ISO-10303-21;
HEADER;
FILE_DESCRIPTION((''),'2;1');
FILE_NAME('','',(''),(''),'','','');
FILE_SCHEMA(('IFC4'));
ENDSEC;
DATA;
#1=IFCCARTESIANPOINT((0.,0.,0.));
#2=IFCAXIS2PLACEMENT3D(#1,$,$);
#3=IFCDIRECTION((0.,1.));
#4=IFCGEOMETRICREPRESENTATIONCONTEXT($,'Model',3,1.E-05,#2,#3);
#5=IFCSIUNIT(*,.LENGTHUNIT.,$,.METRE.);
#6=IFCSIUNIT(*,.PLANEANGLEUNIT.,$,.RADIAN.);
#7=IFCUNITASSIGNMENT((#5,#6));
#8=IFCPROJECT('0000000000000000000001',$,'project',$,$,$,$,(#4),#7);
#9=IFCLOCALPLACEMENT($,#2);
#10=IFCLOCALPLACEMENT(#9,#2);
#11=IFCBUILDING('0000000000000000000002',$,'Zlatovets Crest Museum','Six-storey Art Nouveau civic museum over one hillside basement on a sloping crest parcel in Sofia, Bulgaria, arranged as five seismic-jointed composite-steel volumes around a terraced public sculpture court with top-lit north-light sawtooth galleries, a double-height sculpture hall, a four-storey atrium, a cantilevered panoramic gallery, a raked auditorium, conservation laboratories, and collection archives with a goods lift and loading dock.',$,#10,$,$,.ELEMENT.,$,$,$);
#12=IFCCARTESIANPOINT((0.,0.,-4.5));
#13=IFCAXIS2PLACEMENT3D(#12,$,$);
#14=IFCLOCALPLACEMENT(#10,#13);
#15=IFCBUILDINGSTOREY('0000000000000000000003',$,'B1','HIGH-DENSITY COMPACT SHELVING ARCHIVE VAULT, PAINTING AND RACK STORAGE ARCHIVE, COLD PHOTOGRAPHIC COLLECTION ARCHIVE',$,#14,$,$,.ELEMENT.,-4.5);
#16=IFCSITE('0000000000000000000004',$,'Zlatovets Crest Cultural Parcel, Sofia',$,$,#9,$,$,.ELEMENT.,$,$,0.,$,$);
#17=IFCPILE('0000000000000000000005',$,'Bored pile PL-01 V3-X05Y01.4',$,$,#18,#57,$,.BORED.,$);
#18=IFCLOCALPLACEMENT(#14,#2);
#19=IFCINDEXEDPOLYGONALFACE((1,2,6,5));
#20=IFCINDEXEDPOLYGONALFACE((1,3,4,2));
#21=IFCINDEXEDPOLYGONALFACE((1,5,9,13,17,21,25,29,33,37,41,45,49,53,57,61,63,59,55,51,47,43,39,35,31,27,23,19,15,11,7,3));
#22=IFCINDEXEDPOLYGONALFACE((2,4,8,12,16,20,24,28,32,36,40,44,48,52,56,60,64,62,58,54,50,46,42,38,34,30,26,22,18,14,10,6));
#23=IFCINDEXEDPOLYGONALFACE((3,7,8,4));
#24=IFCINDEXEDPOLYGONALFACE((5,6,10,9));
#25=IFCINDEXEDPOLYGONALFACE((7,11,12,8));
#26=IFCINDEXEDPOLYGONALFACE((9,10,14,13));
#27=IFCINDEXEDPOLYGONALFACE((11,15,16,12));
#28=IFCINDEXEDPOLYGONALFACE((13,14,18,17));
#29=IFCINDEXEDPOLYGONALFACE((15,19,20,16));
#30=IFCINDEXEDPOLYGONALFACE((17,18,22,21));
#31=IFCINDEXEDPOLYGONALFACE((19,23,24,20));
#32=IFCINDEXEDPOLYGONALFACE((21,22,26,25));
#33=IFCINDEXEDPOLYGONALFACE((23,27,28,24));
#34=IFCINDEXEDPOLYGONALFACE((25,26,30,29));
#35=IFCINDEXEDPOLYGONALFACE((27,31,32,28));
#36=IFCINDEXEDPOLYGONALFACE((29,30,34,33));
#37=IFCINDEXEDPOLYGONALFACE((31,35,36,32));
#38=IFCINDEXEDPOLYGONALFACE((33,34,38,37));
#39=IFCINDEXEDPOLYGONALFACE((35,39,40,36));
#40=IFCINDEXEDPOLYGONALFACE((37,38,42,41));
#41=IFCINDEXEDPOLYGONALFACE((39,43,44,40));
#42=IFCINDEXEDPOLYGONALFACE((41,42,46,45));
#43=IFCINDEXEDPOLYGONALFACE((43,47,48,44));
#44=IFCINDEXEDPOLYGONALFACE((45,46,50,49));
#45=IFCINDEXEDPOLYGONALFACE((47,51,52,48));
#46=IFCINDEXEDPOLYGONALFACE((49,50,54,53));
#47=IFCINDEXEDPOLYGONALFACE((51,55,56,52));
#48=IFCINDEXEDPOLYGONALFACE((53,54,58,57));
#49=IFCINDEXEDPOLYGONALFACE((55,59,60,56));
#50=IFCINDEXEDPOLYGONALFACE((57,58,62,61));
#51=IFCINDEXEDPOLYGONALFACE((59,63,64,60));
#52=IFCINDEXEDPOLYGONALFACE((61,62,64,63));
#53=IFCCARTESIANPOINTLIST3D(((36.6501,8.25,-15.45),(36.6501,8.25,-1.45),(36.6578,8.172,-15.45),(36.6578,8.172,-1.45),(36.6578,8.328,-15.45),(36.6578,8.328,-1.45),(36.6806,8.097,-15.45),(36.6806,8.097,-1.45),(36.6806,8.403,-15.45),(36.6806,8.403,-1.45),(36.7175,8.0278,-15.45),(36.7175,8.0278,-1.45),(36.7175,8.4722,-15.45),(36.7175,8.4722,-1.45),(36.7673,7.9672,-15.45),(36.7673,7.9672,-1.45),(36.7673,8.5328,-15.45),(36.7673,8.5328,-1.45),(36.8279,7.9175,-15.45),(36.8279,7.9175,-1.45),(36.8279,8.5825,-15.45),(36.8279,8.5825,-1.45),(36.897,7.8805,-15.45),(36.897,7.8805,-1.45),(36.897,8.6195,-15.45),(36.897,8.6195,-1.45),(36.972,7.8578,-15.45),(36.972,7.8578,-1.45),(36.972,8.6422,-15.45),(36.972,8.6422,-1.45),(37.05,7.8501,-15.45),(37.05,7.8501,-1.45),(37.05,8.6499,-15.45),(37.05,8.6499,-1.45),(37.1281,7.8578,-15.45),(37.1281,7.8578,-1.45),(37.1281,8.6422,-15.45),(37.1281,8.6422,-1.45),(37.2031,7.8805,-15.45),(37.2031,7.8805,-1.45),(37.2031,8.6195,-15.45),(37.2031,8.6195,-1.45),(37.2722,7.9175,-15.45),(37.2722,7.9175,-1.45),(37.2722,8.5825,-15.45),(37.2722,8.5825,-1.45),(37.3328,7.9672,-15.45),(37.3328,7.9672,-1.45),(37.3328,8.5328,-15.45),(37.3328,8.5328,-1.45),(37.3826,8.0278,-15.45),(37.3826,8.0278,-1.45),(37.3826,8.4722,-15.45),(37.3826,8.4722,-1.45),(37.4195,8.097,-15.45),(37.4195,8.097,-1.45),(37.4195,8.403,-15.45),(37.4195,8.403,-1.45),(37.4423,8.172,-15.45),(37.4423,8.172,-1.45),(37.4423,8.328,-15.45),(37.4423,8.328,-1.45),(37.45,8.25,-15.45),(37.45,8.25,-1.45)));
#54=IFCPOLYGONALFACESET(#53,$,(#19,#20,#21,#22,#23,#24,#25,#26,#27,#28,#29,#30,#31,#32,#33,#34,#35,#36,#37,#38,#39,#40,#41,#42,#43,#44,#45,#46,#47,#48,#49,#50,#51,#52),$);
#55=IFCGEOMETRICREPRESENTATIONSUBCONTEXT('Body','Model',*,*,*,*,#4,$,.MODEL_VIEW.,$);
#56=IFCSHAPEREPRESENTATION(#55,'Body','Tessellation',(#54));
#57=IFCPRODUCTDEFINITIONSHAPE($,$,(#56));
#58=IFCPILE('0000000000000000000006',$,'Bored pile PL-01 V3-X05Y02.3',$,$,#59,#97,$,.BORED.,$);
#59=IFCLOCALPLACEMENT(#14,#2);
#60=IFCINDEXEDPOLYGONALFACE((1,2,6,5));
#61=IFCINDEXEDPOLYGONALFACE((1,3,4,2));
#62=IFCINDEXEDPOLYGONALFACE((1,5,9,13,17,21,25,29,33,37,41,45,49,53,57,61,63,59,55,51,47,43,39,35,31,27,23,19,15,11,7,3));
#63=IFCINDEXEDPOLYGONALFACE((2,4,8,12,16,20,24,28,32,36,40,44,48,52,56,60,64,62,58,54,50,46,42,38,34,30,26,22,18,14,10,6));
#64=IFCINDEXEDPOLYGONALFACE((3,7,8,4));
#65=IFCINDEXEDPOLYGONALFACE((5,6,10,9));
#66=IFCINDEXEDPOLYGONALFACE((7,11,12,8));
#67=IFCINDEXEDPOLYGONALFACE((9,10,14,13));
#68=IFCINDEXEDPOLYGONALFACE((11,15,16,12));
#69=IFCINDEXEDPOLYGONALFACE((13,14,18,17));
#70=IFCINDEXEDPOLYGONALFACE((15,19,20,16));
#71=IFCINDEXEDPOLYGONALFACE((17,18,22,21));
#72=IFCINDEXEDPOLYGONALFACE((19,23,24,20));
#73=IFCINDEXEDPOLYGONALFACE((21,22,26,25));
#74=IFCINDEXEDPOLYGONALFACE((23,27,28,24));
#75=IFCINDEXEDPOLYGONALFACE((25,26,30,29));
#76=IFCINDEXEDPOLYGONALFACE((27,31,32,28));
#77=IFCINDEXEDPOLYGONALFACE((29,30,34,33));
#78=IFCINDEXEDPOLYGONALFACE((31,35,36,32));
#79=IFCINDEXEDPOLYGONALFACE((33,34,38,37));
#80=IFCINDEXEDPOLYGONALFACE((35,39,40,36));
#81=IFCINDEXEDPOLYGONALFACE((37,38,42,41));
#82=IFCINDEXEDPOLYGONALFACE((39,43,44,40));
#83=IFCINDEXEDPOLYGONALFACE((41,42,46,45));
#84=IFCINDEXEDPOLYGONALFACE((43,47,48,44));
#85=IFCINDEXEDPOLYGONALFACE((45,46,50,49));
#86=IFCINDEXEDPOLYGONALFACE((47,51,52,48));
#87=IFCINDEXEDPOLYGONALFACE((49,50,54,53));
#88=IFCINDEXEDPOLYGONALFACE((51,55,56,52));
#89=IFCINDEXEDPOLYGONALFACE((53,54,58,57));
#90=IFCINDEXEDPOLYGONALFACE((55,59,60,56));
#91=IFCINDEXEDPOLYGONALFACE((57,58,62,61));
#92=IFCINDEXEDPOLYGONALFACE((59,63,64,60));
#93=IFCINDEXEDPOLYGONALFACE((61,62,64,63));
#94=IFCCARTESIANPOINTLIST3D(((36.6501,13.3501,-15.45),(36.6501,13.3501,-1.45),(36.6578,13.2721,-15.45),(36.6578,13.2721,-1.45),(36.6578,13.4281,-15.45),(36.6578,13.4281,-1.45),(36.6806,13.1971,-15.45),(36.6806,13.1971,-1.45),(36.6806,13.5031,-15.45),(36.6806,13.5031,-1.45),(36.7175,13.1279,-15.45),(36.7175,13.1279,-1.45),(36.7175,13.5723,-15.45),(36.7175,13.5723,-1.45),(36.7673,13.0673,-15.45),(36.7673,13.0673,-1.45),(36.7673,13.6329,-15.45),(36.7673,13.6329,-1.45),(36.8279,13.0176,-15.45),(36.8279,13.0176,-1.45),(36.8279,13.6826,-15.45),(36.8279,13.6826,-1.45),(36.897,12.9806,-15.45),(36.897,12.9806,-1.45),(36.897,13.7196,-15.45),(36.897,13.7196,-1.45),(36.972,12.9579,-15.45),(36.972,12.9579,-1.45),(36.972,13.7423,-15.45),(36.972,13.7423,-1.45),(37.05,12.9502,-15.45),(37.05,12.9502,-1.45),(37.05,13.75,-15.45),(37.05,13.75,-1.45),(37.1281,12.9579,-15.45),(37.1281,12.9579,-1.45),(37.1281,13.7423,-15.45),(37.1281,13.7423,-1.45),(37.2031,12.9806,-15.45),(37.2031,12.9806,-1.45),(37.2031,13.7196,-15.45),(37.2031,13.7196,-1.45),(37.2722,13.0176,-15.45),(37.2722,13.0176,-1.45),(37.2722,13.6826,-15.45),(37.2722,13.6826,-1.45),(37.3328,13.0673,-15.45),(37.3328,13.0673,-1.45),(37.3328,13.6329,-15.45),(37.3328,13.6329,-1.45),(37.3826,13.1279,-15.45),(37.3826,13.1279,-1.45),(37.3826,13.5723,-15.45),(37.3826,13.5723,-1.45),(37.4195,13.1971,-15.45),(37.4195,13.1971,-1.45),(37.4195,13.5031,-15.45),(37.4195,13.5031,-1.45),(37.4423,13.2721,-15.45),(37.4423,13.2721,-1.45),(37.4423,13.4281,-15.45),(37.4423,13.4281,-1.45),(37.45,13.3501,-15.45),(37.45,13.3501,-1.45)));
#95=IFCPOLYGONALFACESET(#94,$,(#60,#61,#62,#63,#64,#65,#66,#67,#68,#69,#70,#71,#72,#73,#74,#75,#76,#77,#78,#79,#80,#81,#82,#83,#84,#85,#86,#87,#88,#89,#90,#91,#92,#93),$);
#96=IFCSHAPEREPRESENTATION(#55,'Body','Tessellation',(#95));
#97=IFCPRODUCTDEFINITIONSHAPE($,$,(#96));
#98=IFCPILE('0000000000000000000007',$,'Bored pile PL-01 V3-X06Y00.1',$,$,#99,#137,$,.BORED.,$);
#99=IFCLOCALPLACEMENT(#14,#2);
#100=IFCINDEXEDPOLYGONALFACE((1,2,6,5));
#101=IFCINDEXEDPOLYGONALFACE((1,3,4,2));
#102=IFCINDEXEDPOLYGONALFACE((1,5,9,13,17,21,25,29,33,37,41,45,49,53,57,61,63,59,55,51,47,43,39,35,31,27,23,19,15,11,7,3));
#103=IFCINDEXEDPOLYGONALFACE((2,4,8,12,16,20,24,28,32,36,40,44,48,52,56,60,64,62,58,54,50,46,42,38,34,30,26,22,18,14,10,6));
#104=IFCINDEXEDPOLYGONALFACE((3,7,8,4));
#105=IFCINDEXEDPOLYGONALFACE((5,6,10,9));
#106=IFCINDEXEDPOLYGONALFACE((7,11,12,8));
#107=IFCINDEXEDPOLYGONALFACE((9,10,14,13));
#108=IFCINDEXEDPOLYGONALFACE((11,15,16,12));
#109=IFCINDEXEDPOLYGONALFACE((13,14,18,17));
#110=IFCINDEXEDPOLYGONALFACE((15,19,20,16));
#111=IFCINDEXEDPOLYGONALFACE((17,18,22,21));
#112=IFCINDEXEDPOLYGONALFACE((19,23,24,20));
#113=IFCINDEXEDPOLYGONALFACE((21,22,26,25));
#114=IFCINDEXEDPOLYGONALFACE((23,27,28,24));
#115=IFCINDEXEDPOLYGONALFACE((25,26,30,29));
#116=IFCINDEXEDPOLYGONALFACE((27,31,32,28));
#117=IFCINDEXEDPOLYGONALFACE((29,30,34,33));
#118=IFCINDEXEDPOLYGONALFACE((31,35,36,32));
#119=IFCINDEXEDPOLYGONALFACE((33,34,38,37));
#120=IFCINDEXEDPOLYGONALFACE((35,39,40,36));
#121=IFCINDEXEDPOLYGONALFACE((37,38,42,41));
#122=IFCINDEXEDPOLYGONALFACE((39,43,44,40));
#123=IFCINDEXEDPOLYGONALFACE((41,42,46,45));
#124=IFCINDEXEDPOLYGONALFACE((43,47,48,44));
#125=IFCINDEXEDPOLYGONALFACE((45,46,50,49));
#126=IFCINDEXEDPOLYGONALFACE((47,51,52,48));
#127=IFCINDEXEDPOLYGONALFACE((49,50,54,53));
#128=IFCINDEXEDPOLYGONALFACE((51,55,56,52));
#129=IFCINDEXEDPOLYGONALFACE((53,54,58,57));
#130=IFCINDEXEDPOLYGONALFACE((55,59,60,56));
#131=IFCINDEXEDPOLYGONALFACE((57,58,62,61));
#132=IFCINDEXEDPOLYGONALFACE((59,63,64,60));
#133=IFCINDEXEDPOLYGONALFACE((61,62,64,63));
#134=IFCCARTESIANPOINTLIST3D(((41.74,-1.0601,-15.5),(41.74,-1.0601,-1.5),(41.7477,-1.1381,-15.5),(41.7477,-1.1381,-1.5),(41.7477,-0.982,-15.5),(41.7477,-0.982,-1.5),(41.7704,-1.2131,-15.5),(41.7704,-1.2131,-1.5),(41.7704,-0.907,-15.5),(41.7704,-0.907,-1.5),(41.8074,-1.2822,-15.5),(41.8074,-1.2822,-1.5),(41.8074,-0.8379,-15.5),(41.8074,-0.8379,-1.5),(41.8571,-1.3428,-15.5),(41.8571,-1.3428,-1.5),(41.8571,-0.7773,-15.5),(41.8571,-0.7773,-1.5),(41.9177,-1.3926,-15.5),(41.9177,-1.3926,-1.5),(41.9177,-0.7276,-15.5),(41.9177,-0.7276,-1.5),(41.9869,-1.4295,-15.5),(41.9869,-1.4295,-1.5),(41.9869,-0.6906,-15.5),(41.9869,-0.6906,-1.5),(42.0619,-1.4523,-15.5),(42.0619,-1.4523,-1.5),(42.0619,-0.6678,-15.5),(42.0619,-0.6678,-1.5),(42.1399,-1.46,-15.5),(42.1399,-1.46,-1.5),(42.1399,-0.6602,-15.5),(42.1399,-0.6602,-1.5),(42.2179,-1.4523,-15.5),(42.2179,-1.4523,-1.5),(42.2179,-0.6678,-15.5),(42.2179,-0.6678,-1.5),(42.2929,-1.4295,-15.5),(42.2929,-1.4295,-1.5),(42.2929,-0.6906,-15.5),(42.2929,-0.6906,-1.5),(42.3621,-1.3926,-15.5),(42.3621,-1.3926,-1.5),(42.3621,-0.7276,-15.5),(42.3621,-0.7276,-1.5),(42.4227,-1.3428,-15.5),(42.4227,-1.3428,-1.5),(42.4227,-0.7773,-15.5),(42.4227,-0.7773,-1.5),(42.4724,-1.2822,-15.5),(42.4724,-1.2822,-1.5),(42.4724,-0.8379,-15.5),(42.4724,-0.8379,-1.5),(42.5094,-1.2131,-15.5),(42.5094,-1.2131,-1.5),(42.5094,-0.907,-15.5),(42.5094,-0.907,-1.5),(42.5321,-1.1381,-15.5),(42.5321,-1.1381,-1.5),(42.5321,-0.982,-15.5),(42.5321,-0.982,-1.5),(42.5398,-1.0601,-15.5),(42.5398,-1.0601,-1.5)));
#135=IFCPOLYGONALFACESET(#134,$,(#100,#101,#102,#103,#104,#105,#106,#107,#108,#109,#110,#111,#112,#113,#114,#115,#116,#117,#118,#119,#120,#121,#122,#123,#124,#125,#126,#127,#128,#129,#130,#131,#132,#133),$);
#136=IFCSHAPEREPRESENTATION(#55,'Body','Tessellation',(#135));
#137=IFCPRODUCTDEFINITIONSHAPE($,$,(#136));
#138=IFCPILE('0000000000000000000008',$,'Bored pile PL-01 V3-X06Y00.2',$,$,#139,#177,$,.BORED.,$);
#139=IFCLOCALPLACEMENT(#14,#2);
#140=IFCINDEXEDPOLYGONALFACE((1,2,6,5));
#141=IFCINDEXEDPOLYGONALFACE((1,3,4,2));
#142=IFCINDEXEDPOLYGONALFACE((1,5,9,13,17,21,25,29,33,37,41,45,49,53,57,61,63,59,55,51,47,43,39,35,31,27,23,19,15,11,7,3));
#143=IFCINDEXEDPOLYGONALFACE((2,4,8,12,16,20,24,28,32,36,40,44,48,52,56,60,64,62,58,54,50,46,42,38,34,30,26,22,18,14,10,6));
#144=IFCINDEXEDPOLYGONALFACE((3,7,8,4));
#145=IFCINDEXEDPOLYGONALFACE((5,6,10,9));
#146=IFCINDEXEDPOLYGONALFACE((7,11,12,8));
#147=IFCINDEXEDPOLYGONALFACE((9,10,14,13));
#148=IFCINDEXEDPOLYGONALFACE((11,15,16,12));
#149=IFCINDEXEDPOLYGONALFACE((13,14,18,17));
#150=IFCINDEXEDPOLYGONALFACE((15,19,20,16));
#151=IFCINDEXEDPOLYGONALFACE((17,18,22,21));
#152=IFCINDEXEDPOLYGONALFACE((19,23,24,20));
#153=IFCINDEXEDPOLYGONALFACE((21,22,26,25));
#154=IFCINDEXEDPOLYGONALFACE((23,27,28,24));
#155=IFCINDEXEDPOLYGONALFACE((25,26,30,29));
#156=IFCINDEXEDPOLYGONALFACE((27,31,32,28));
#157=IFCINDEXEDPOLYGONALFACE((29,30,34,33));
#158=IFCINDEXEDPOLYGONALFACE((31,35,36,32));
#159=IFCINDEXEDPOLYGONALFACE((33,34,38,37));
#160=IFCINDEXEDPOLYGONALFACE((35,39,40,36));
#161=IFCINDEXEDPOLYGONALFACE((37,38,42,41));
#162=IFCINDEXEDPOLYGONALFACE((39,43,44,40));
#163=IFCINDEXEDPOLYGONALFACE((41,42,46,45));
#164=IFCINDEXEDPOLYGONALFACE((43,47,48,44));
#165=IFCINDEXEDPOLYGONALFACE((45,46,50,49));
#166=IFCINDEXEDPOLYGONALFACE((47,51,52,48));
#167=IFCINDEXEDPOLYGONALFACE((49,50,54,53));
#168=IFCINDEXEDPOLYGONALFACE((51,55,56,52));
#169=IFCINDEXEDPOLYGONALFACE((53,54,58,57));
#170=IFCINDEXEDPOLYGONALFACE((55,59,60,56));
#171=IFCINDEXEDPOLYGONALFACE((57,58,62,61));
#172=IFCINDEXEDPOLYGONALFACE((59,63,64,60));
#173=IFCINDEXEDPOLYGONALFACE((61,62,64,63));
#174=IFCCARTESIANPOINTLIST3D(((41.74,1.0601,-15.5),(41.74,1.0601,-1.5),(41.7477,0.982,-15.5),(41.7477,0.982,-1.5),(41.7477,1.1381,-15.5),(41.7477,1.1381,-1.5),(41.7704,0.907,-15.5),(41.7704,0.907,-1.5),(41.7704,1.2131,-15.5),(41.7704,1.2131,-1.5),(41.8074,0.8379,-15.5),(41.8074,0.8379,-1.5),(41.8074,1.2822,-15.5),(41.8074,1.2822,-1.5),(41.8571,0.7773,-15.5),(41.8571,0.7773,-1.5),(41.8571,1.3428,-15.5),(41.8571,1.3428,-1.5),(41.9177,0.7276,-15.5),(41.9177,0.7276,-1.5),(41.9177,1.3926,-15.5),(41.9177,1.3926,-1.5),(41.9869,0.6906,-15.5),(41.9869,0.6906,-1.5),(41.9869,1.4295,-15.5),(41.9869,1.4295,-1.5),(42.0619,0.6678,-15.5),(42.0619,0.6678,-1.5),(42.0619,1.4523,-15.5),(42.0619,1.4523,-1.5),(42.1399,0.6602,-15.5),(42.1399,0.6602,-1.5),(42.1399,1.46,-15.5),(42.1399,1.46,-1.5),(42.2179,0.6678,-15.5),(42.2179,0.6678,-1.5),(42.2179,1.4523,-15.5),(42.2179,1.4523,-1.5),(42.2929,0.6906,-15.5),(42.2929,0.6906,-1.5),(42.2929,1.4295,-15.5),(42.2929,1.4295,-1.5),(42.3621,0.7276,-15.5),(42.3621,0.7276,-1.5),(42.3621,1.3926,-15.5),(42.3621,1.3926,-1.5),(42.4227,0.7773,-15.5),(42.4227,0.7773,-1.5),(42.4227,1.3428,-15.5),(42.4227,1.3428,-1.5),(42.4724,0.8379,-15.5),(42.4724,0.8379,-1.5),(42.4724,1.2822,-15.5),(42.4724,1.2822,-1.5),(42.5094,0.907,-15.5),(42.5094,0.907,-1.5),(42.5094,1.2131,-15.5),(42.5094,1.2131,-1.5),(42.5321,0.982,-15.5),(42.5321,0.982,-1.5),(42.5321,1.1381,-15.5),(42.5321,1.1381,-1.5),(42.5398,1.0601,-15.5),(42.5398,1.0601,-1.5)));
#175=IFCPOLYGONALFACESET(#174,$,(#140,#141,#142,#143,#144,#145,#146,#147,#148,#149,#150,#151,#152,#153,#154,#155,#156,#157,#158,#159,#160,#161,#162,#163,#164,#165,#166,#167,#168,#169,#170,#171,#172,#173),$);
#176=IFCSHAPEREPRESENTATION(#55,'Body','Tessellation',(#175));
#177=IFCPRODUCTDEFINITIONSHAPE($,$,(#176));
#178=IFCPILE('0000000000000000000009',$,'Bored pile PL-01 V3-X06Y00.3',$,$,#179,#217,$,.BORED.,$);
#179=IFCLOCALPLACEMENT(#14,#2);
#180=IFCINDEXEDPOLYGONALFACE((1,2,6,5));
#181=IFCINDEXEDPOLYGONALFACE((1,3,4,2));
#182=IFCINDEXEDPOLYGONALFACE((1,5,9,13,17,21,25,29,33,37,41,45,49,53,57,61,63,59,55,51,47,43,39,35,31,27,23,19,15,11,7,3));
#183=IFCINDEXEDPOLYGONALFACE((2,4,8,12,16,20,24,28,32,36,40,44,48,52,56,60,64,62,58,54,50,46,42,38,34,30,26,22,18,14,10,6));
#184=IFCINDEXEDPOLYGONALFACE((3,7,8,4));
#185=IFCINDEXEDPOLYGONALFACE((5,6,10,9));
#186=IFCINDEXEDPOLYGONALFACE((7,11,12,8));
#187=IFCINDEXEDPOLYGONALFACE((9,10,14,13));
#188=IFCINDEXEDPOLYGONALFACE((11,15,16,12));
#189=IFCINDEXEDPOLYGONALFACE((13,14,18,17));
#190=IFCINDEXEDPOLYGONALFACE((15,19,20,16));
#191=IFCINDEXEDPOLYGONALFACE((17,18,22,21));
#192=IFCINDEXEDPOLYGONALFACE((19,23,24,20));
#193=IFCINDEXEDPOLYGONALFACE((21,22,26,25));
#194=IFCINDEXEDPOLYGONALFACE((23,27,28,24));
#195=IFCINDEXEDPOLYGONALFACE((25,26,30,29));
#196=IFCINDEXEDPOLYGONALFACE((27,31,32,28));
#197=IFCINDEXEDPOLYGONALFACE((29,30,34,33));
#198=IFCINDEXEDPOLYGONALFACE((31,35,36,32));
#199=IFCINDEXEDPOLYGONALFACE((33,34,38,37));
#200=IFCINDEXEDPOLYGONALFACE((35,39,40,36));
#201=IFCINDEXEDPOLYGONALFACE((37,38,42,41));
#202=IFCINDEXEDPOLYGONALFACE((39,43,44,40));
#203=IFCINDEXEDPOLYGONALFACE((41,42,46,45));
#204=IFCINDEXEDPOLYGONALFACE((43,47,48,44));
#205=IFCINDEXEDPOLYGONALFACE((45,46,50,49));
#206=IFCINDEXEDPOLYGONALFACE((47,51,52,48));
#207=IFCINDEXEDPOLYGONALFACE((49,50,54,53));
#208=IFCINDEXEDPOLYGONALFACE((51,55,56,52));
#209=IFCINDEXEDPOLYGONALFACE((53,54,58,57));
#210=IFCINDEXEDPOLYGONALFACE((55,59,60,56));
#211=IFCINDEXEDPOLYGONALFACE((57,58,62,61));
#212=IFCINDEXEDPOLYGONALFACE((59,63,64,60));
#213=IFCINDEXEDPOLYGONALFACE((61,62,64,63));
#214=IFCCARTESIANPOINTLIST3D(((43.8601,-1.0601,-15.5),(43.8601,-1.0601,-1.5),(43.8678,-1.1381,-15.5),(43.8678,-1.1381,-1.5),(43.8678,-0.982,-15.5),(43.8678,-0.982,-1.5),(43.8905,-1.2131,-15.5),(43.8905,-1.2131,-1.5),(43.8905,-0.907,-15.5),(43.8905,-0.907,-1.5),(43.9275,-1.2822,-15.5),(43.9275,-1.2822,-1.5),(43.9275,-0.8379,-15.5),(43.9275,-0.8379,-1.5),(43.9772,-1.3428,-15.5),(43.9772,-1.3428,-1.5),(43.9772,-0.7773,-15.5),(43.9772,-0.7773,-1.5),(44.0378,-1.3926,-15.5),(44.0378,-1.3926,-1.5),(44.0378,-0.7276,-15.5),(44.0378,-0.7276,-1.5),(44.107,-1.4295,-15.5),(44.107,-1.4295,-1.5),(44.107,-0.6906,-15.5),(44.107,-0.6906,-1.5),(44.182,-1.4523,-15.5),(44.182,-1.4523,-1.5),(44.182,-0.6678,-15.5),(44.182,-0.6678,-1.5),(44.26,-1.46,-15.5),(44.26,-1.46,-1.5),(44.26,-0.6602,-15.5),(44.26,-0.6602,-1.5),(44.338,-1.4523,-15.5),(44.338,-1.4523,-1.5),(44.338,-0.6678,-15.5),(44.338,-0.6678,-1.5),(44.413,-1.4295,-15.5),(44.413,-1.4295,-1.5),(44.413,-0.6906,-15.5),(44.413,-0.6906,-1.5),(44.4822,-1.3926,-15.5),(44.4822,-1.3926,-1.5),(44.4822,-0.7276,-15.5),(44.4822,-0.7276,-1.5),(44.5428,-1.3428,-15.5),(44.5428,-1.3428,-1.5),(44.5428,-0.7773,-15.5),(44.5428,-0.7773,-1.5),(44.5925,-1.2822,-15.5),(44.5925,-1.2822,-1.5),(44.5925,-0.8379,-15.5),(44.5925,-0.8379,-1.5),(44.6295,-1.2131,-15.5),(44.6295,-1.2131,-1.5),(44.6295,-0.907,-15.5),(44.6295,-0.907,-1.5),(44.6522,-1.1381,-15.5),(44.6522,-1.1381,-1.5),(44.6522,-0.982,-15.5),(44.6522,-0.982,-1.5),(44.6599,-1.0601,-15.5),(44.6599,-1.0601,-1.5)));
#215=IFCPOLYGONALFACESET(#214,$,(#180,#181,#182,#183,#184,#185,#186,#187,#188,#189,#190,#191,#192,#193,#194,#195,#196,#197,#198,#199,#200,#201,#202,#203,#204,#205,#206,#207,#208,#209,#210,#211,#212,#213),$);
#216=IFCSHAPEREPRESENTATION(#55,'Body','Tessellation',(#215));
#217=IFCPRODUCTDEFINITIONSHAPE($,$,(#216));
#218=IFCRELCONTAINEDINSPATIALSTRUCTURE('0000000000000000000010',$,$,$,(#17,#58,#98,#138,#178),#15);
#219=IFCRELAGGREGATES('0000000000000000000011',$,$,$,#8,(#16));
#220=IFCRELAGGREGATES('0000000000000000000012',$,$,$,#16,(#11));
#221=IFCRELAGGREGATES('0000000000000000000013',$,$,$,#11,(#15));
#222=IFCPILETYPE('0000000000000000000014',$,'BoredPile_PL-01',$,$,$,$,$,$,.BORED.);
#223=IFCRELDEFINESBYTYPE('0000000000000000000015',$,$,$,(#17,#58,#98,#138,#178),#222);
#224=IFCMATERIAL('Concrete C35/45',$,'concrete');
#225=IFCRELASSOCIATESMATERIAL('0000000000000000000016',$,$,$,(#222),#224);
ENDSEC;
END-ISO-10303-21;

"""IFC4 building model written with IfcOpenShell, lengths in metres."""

from ifc_helpers import new_model, si_unit, direction, frame, origin, origin_2d, place, context, subcontext, project, spatial, circle, extrude, material, material_profile, profile_set, type_object, element, save


model = new_model("IFC4")

# Units and contexts
model_context = context("Model", 3, precision=1e-05, world=origin(), true_north=direction((0.0, 1.0)))
body_context = subcontext(model_context, "Body", "Model", "MODEL_VIEW")
ifc_project = project(units=[si_unit("LENGTHUNIT", "METRE"), si_unit("PLANEANGLEUNIT", "RADIAN")], contexts=[model_context])

# Site, building, storey
site_placement = place(None, origin())
site = spatial("IfcSite", under=ifc_project, at=site_placement, Name="Zlatovets Crest Cultural Parcel, Sofia", CompositionType="ELEMENT", RefElevation=0.0)
building_placement = place(site_placement, origin())
building = spatial("IfcBuilding", under=site, at=building_placement, Name="Zlatovets Crest Museum", Description="Six-storey Art Nouveau civic museum over one hillside basement on a sloping crest parcel in Sofia, Bulgaria, arranged as five seismic-jointed composite-steel volumes around a terraced public sculpture court with top-lit north-light sawtooth galleries, a double-height sculpture hall, a four-storey atrium, a cantilevered panoramic gallery, a raked auditorium, conservation laboratories, and collection archives with a goods lift and loading dock.", CompositionType="ELEMENT")
storey_placement = place(building_placement, frame((0.0, 0.0, -4.5)))
storey = spatial("IfcBuildingStorey", under=building, at=storey_placement, Name="B1", Description="HIGH-DENSITY COMPACT SHELVING ARCHIVE VAULT, PAINTING AND RACK STORAGE ARCHIVE, COLD PHOTOGRAPHIC COLLECTION ARCHIVE", CompositionType="ELEMENT", Elevation=-4.5)

# Piles
ifc_material_1 = material(Name="Concrete C35/45", Category="concrete")
ifc_material_profile_1 = material_profile(ifc_material_1, circle(Radius=0.3999, at=origin_2d()), Name="PILE D800")
ifc_profile_set_1 = profile_set([ifc_material_profile_1], Name="Concrete C35/45")
pile_type = type_object("IfcPileType", Name="BoredPile_PL-01", PredefinedType="BORED", material=ifc_profile_set_1)
for number, where, z_axis, x_axis, name in (
    (1, (37.05, 8.25, -1.45), (0.0, 0.0, -1.0), (1.0, 0.0, 0.0), "Bored pile PL-01 V3-X05Y01.4"),
    (2, (37.05, 13.3501, -1.45), (0.0, 0.0, -1.0), (1.0, 0.0, 0.0), "Bored pile PL-01 V3-X05Y02.3"),
    (3, (42.1399, -1.0601, -1.5), (0.0, 0.0, -1.0), (1.0, 0.0, 0.0), "Bored pile PL-01 V3-X06Y00.1"),
    (4, (42.1399, 1.0601, -1.5), (0.0, 0.0, -1.0), (1.0, 0.0, 0.0), "Bored pile PL-01 V3-X06Y00.2"),
    (5, (44.26, -1.0601, -1.5), (0.0, 0.0, -1.0), (1.0, 0.0, 0.0), "Bored pile PL-01 V3-X06Y00.3"),
):
    element("IfcPile", number, at=place(storey_placement, frame(where, z_axis=z_axis, x_axis=x_axis)), inside=storey, type_object=pile_type, Name=name, PredefinedType="BORED", context=body_context, shape_type="SweptSolid", body=[
        extrude(circle(Radius=0.3999, at=origin_2d()), origin(), (0.0, 0.0, 1.0), 14.0),
    ])

save(model, "model.ifc")
